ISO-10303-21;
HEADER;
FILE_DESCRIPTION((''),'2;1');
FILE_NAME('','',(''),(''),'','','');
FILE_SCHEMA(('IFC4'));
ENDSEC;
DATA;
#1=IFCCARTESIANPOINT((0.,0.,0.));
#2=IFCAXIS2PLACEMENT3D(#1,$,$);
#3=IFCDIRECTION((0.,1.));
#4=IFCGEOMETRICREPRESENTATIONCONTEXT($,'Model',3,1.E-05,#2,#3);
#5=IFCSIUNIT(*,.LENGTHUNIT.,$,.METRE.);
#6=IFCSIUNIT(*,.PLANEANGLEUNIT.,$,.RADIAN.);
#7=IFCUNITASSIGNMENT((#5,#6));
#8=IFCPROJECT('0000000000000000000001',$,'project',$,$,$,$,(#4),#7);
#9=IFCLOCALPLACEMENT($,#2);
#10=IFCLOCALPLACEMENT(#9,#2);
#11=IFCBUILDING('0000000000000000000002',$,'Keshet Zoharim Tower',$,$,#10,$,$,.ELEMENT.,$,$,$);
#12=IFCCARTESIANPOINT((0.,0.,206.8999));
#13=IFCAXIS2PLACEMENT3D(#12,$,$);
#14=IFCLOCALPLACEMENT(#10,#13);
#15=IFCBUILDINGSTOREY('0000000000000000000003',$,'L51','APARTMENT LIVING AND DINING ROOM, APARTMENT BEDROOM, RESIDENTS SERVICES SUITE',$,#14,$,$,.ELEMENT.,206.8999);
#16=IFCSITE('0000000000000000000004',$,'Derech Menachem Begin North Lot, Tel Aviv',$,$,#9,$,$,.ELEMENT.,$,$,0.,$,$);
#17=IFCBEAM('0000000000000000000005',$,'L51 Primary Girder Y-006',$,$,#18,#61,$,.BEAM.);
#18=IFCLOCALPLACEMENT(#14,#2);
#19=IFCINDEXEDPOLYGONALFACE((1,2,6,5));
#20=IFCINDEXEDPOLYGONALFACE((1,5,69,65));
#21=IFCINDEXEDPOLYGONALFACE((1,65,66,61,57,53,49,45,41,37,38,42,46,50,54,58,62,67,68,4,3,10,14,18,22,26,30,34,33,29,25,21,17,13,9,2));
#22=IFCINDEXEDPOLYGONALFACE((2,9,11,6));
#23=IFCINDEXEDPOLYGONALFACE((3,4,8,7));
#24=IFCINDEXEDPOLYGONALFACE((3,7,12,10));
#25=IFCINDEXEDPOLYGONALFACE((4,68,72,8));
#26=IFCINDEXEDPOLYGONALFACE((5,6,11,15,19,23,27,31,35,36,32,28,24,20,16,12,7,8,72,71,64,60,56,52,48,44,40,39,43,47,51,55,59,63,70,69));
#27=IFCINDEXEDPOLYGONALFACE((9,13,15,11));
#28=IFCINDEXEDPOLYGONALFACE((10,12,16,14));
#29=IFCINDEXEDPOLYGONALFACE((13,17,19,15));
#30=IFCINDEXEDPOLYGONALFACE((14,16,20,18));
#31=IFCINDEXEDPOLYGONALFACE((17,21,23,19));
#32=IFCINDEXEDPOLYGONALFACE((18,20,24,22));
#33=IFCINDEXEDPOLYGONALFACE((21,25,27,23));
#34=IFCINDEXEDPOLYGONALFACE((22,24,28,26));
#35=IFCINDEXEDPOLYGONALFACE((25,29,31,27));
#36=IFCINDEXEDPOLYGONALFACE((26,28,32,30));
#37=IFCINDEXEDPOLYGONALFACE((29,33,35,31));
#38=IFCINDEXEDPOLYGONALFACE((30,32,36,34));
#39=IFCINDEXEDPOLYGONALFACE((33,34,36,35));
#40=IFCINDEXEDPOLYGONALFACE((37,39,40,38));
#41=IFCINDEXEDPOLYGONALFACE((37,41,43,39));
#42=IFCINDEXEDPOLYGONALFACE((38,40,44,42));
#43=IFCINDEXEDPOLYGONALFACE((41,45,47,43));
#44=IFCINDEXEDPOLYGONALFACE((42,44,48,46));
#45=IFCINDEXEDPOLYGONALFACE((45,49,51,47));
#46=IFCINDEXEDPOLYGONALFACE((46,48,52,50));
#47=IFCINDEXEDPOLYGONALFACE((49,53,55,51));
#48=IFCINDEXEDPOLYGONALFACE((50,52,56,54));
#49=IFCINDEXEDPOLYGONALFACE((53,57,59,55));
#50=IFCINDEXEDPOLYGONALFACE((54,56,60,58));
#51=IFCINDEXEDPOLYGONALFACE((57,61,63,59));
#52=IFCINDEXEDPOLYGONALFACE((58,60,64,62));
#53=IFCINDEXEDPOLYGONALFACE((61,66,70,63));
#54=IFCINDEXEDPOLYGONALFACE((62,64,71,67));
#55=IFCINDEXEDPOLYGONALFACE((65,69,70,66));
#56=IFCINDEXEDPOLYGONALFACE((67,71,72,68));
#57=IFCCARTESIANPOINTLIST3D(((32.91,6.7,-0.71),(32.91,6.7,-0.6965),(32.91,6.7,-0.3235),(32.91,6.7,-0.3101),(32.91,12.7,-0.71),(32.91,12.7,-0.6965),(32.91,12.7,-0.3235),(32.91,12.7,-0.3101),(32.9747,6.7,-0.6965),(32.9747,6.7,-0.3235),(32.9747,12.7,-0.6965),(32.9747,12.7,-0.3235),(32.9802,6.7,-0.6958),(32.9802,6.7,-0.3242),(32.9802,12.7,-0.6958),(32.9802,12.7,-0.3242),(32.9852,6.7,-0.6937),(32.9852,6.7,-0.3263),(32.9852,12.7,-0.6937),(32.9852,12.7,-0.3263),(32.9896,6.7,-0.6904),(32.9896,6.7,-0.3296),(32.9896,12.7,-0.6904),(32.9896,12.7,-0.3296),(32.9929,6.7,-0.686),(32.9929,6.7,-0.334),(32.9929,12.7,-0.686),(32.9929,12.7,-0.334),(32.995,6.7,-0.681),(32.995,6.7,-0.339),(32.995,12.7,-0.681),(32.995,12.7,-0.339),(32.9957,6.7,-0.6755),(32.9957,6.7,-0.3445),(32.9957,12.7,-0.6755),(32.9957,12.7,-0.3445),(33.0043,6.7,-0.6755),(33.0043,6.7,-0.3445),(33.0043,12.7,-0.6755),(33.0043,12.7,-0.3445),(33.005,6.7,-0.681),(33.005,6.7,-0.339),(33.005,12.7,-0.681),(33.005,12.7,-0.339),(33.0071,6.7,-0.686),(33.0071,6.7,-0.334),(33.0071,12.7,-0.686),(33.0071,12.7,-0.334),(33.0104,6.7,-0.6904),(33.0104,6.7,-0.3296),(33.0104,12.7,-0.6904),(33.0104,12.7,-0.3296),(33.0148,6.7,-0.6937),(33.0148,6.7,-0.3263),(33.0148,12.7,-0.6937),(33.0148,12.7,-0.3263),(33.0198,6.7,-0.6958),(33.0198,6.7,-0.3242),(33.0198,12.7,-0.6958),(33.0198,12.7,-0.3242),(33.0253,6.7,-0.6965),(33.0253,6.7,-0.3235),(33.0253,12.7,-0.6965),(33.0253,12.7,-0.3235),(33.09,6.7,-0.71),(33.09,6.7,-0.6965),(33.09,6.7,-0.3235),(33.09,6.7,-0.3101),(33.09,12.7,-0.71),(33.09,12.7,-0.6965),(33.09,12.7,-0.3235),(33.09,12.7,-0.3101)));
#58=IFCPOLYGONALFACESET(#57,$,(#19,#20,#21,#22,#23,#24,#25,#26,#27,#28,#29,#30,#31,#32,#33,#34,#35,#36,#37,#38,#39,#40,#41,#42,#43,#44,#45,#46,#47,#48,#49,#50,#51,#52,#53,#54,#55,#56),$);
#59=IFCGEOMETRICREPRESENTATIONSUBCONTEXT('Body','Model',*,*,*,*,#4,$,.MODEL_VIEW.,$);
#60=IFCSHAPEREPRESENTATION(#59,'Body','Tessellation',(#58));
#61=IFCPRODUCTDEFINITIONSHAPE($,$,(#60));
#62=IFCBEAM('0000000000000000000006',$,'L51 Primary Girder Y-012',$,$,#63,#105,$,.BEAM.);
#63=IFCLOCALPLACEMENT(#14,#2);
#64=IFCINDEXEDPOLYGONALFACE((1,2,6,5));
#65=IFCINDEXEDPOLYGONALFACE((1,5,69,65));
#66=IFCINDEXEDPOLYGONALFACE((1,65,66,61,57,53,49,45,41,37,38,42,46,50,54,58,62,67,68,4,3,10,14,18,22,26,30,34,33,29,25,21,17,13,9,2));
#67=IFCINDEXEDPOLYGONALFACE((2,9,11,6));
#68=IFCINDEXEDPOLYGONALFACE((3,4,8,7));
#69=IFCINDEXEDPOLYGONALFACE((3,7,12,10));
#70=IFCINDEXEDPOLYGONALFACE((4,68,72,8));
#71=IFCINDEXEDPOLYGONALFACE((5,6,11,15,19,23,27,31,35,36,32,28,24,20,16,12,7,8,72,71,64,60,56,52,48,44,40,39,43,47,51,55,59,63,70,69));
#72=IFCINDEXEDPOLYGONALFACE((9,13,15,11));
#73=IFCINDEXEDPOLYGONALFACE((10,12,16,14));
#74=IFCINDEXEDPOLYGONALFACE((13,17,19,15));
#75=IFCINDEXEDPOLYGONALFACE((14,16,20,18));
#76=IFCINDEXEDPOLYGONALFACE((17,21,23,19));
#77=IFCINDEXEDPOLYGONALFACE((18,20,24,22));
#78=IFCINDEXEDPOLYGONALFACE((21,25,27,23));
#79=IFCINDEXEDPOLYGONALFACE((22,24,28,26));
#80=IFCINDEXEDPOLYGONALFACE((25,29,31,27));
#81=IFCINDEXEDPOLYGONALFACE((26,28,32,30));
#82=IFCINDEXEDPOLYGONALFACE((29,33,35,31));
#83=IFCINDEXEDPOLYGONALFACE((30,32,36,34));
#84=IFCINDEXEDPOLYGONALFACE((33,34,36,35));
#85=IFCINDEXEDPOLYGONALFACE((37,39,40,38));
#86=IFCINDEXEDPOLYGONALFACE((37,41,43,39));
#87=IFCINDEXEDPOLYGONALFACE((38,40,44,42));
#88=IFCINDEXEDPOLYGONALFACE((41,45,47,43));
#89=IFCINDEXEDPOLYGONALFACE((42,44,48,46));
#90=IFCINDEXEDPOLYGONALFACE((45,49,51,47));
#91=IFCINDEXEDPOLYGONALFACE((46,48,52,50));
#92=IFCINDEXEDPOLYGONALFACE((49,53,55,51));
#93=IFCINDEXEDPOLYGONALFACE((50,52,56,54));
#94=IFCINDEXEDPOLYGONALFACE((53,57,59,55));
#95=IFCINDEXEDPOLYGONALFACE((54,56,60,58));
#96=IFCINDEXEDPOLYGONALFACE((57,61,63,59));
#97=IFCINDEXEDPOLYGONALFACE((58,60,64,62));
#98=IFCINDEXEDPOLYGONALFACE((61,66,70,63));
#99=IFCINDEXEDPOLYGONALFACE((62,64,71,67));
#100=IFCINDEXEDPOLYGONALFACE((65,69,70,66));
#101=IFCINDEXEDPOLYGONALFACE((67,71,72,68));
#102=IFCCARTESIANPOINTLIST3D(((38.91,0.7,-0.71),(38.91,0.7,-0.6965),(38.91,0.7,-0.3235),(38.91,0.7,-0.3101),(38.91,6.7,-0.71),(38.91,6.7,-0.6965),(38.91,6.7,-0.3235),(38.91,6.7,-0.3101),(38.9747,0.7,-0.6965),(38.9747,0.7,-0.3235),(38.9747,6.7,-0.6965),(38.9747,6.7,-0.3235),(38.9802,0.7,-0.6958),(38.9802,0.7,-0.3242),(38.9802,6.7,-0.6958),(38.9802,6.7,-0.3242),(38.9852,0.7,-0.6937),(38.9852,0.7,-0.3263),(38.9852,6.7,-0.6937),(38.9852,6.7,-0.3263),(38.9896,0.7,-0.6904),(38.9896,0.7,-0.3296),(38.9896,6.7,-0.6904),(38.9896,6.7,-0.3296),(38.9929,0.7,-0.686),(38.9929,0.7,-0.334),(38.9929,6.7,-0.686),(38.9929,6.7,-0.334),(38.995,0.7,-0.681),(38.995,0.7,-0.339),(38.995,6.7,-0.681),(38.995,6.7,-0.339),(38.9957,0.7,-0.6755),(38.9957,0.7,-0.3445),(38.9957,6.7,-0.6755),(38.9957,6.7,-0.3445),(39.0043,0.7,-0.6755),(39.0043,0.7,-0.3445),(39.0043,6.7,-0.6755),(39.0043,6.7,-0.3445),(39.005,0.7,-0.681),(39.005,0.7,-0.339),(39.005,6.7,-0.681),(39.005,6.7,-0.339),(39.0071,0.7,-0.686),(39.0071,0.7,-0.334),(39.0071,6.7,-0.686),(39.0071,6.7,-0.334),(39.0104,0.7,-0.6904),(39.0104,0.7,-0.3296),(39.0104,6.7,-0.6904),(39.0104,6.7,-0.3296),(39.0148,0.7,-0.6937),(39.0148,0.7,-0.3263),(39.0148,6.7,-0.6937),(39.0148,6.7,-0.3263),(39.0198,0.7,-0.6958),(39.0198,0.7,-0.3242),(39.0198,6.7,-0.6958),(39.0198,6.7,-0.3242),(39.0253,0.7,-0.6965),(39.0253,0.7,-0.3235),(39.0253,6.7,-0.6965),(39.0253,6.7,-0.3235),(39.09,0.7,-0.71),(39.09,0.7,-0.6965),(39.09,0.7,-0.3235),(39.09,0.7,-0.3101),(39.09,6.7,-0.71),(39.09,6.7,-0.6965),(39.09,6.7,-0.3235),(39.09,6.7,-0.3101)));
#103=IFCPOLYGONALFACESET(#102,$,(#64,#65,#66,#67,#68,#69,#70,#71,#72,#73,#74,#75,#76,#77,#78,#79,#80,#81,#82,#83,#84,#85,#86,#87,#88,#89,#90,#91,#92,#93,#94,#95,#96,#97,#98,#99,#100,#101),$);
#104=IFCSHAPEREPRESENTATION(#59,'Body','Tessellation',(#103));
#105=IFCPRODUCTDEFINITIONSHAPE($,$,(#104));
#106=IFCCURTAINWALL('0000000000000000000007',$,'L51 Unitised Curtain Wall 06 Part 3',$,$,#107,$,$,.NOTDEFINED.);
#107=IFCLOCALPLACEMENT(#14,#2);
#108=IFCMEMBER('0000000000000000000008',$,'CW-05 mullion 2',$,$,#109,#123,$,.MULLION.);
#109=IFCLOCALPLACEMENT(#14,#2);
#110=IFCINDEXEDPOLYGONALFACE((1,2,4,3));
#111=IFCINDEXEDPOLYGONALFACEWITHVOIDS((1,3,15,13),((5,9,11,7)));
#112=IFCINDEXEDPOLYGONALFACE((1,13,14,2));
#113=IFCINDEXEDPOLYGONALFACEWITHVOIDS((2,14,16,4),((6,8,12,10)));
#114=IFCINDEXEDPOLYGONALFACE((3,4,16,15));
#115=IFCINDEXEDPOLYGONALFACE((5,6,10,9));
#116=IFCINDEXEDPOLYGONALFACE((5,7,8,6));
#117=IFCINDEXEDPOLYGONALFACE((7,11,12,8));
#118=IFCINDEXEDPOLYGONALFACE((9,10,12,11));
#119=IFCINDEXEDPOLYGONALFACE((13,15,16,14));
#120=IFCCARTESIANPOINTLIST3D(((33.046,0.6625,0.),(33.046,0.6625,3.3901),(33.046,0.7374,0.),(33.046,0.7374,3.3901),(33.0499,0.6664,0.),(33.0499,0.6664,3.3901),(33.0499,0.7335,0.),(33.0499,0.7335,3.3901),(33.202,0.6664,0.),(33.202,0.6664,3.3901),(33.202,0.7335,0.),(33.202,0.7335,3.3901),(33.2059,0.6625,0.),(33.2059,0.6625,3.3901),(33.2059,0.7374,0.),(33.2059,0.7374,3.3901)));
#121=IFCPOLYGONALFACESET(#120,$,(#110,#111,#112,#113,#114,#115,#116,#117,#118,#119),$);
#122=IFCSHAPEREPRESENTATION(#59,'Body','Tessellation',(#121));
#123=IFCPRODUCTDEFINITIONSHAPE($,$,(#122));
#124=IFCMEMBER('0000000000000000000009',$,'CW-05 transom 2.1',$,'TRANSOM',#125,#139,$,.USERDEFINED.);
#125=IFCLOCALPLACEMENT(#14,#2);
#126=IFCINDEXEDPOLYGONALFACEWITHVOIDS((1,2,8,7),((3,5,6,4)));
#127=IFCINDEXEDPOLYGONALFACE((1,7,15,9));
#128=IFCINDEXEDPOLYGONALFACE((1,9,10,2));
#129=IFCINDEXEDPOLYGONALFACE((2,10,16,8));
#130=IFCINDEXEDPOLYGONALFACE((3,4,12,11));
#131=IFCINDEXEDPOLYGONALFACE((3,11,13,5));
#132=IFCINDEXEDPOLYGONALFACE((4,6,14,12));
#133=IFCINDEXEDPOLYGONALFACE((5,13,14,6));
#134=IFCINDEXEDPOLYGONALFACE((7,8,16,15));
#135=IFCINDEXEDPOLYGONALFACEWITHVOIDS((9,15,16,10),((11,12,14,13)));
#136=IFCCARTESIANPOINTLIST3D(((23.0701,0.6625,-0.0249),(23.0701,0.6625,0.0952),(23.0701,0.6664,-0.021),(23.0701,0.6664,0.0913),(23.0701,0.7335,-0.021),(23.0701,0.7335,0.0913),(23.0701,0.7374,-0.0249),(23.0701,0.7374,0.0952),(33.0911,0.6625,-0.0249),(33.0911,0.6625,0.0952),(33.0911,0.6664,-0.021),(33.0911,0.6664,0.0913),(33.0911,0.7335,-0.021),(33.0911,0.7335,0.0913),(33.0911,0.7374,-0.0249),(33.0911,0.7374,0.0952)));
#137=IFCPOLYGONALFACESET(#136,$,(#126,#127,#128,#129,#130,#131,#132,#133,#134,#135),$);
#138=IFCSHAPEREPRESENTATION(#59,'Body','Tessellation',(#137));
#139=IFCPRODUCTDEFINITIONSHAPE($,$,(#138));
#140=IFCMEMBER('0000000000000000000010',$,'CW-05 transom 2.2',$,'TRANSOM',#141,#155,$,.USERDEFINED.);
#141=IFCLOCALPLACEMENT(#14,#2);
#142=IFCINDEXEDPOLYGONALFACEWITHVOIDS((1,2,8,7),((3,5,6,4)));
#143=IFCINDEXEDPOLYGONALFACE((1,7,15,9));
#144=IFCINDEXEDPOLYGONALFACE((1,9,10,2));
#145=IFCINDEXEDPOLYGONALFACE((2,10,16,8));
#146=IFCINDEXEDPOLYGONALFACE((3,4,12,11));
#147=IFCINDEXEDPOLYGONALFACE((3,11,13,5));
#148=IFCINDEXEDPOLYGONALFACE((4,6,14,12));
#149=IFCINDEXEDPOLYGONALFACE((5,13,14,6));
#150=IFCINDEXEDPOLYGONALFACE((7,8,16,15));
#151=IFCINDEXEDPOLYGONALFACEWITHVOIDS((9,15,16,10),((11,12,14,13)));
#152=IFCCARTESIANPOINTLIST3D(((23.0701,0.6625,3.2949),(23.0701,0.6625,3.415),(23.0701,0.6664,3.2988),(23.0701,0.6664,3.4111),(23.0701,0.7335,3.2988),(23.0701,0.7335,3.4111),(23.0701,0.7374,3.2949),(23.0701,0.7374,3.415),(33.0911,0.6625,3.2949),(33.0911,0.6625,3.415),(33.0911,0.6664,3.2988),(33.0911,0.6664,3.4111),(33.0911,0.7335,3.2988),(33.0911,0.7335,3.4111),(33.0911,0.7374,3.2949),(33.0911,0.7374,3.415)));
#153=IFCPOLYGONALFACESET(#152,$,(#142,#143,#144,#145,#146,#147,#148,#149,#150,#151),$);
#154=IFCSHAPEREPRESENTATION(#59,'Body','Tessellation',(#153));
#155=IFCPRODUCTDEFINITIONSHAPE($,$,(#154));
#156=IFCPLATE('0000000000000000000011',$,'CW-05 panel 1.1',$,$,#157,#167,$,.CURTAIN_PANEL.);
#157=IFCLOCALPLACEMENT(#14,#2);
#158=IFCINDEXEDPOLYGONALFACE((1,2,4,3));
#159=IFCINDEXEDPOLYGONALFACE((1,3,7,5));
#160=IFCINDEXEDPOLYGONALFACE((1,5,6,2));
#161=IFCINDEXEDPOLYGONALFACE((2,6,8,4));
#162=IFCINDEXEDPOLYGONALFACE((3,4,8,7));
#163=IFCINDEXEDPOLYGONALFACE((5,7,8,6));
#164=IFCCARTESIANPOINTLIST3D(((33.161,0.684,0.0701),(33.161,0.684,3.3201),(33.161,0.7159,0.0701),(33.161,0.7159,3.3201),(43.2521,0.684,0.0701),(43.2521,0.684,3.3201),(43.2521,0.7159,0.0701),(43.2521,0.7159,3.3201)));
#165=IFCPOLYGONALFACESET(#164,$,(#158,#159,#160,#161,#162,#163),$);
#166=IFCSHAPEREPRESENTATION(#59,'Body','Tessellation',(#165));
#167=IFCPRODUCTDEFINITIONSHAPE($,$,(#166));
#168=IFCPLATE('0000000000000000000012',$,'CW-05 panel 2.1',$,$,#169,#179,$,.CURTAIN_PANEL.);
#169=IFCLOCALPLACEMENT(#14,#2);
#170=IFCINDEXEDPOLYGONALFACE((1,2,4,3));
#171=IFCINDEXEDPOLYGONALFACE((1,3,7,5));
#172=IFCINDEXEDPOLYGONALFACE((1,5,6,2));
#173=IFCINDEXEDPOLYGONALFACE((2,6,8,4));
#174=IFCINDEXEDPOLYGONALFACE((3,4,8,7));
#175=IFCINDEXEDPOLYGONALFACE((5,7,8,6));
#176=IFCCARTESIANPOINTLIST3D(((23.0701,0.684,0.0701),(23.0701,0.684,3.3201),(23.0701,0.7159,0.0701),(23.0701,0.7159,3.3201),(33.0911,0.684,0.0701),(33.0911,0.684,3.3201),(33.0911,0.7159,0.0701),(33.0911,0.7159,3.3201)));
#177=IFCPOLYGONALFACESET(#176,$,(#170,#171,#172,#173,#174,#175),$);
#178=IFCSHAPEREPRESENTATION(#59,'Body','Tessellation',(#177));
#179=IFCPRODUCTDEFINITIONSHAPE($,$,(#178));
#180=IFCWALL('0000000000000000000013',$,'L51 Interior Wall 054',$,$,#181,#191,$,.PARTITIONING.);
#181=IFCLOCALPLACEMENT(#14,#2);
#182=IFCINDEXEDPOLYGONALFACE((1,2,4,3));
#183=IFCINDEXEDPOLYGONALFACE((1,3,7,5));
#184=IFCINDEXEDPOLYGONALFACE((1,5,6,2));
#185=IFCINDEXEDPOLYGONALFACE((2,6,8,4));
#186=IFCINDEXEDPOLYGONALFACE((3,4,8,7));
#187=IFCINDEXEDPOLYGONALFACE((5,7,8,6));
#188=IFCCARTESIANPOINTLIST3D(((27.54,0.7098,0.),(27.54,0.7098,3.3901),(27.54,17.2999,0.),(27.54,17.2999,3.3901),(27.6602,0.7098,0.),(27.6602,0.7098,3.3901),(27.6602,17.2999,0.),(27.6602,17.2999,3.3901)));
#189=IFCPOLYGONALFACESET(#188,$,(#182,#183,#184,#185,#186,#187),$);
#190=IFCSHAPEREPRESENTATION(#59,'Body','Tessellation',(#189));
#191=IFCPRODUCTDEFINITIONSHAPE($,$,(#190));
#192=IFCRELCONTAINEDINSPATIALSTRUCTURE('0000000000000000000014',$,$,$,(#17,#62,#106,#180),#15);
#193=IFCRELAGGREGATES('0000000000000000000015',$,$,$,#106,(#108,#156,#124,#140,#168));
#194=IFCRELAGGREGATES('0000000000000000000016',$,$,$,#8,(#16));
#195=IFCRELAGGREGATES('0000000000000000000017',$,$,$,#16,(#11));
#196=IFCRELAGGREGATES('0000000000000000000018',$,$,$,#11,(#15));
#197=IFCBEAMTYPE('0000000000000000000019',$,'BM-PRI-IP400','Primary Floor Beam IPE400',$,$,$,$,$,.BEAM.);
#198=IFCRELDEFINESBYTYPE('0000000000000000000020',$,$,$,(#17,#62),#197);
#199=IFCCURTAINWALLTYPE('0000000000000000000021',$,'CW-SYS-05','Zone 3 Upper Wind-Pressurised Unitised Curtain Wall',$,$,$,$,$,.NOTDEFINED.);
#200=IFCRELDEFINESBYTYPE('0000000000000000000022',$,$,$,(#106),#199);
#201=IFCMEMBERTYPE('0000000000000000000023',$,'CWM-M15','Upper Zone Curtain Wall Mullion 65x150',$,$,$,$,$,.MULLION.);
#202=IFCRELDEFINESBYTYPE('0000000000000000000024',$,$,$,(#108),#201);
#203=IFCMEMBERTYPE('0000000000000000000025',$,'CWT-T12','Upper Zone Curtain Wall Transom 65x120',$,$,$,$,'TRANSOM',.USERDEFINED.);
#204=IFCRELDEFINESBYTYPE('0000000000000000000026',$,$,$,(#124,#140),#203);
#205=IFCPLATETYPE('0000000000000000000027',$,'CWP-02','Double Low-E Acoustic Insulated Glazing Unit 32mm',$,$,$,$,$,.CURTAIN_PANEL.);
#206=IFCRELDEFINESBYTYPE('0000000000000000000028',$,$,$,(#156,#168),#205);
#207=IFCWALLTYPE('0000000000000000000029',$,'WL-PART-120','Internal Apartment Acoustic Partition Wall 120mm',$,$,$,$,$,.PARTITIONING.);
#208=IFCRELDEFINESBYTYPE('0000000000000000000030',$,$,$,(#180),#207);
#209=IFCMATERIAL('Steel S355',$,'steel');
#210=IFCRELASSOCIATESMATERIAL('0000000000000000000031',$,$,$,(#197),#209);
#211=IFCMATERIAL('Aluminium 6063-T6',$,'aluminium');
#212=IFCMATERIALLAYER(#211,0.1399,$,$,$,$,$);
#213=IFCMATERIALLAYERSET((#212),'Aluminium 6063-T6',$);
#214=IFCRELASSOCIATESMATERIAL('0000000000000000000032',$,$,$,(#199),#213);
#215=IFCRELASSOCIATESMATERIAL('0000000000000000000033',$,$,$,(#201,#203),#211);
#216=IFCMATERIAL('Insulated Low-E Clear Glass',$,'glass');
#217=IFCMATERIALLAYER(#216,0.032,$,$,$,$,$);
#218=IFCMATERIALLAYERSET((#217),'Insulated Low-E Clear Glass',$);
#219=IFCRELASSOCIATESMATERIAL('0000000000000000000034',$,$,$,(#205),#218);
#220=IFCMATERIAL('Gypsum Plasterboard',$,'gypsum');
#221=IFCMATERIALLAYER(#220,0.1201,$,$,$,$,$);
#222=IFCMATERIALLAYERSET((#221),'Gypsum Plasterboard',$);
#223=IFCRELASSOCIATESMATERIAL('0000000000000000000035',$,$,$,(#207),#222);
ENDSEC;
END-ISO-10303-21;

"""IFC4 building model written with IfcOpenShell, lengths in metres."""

from ifc_helpers import new_model, si_unit, direction, frame, frame_2d, origin, origin_2d, place, context, subcontext, project, spatial, rectangle, hollow_rectangle, i_section, extrude, material, layer, layer_set, material_profile, profile_set, type_object, element, aggregate, save


model = new_model("IFC4")

# Units and contexts
model_context = context("Model", 3, precision=1e-05, world=origin(), true_north=direction((0.0, 1.0)))
body_context = subcontext(model_context, "Body", "Model", "MODEL_VIEW")
ifc_project = project(units=[si_unit("LENGTHUNIT", "METRE"), si_unit("PLANEANGLEUNIT", "RADIAN")], contexts=[model_context])

# Site, building, storey
site_placement = place(None, origin())
site = spatial("IfcSite", under=ifc_project, at=site_placement, Name="Derech Menachem Begin North Lot, Tel Aviv", CompositionType="ELEMENT", RefElevation=0.0)
building_placement = place(site_placement, origin())
building = spatial("IfcBuilding", under=site, at=building_placement, Name="Keshet Zoharim Tower", CompositionType="ELEMENT")
storey_placement = place(building_placement, frame((0.0, 0.0, 206.8999)))
storey = spatial("IfcBuildingStorey", under=building, at=storey_placement, Name="L51", Description="APARTMENT LIVING AND DINING ROOM, APARTMENT BEDROOM, RESIDENTS SERVICES SUITE", CompositionType="ELEMENT", Elevation=206.8999)

# Shared definitions
ifc_material_1 = material(Name="Steel S355", Category="steel")

# Beams
ifc_material_profile_1 = material_profile(ifc_material_1, i_section(OverallWidth=0.1799, OverallDepth=0.3999, WebThickness=0.0085, FlangeThickness=0.0134, FilletRadius=0.021, at=origin_2d()), Name="IPE400")
ifc_profile_set_1 = profile_set([ifc_material_profile_1], Name="Steel S355")
beam_type_1 = type_object("IfcBeamType", Name="BM-PRI-IP400", Description="Primary Floor Beam IPE400", PredefinedType="BEAM", material=ifc_profile_set_1)
for number, where, z_axis, x_axis, name in (
    (1, (33.0, 6.7, -0.51), (0.0, 1.0, 0.0), (-1.0, 0.0, 0.0), "L51 Primary Girder Y-006"),
    (2, (39.0, 0.7, -0.51), (0.0, 1.0, 0.0), (-1.0, 0.0, 0.0), "L51 Primary Girder Y-012"),
):
    element("IfcBeam", number, at=place(storey_placement, frame(where, z_axis=z_axis, x_axis=x_axis)), inside=storey, type_object=beam_type_1, Name=name, PredefinedType="BEAM", context=body_context, shape_type="SweptSolid", body=[
        extrude(i_section(OverallWidth=0.1799, OverallDepth=0.3999, WebThickness=0.0085, FlangeThickness=0.0134, FilletRadius=0.021, at=origin_2d()), origin(), (0.0, 0.0, 1.0), 6.0),
    ])

# Curtain wall, members, plates
ifc_material_2 = material(Name="Aluminium 6063-T6", Category="aluminium")
ifc_layer_1 = layer(ifc_material_2, 0.1399)
ifc_layer_set_1 = layer_set([ifc_layer_1], Name="Aluminium 6063-T6")
curtain_wall_type = type_object("IfcCurtainWallType", Name="CW-SYS-05", Description="Zone 3 Upper Wind-Pressurised Unitised Curtain Wall", PredefinedType="NOTDEFINED", material=ifc_layer_set_1)
curtain_wall_placement = place(storey_placement, origin())
curtain_wall = element("IfcCurtainWall", 3, at=curtain_wall_placement, inside=storey, type_object=curtain_wall_type, Name="L51 Unitised Curtain Wall 06 Part 3", PredefinedType="NOTDEFINED")
ifc_material_profile_2 = material_profile(ifc_material_2, hollow_rectangle(XDim=0.075, YDim=0.1599, WallThickness=0.0039, at=origin_2d()), Name="MUL-75x160")
ifc_profile_set_2 = profile_set([ifc_material_profile_2], Name="Aluminium 6063-T6")
member_type_1 = type_object("IfcMemberType", Name="CWM-M15", Description="Upper Zone Curtain Wall Mullion 65x150", PredefinedType="MULLION", material=ifc_profile_set_2)
member_1_placement = place(storey_placement, frame((33.126, 0.7, 0.0), z_axis=(0.0, 0.0, 1.0), x_axis=(0.0, -1.0, 0.0)))
member_1 = element("IfcMember", 4, at=member_1_placement, type_object=member_type_1, Name="CW-05 mullion 2", PredefinedType="MULLION", context=body_context, shape_type="SweptSolid", body=[
    extrude(hollow_rectangle(XDim=0.075, YDim=0.1599, WallThickness=0.0039, at=origin_2d()), origin(), (0.0, 0.0, 1.0), 3.3901),
])
ifc_material_profile_3 = material_profile(ifc_material_2, hollow_rectangle(XDim=0.075, YDim=0.1201, WallThickness=0.0039, at=origin_2d()), Name="TRN-75x120")
ifc_profile_set_3 = profile_set([ifc_material_profile_3], Name="Aluminium 6063-T6")
member_type_2 = type_object("IfcMemberType", Name="CWT-T12", Description="Upper Zone Curtain Wall Transom 65x120", ElementType="TRANSOM", PredefinedType="USERDEFINED", material=ifc_profile_set_3)
member_2_placement = place(storey_placement, frame((33.0911, 0.7, 0.0352), z_axis=(-1.0, 0.0, 0.0), x_axis=(0.0, -1.0, 0.0)))
member_2 = element("IfcMember", 5, at=member_2_placement, type_object=member_type_2, Name="CW-05 transom 2.1", ObjectType="TRANSOM", PredefinedType="USERDEFINED", context=body_context, shape_type="SweptSolid", body=[
    extrude(hollow_rectangle(XDim=0.075, YDim=0.1201, WallThickness=0.0039, at=origin_2d()), origin(), (0.0, 0.0, 1.0), 10.021),
])
member_3_placement = place(storey_placement, frame((33.0911, 0.7, 3.355), z_axis=(-1.0, 0.0, 0.0), x_axis=(0.0, -1.0, 0.0)))
member_3 = element("IfcMember", 6, at=member_3_placement, type_object=member_type_2, Name="CW-05 transom 2.2", ObjectType="TRANSOM", PredefinedType="USERDEFINED", context=body_context, shape_type="SweptSolid", body=[
    extrude(hollow_rectangle(XDim=0.075, YDim=0.1201, WallThickness=0.0039, at=origin_2d()), origin(), (0.0, 0.0, 1.0), 10.021),
])
ifc_material_3 = material(Name="Insulated Low-E Clear Glass", Category="glass")
ifc_layer_2 = layer(ifc_material_3, 0.032)
ifc_layer_set_2 = layer_set([ifc_layer_2], Name="Insulated Low-E Clear Glass")
plate_type = type_object("IfcPlateType", Name="CWP-02", Description="Double Low-E Acoustic Insulated Glazing Unit 32mm", PredefinedType="CURTAIN_PANEL", material=ifc_layer_set_2)
plate_1_placement = place(storey_placement, frame((38.2065, 0.7, 0.0701), z_axis=(0.0, 0.0, 1.0), x_axis=(-1.0, 0.0, 0.0)))
plate_1 = element("IfcPlate", 7, at=plate_1_placement, type_object=plate_type, Name="CW-05 panel 1.1", PredefinedType="CURTAIN_PANEL", context=body_context, shape_type="SweptSolid", body=[
    extrude(rectangle(XDim=10.0911, YDim=0.032, at=origin_2d()), origin(), (0.0, 0.0, 1.0), 3.25),
])
plate_2_placement = place(storey_placement, frame((28.0806, 0.7, 0.0701), z_axis=(0.0, 0.0, 1.0), x_axis=(-1.0, 0.0, 0.0)))
plate_2 = element("IfcPlate", 8, at=plate_2_placement, type_object=plate_type, Name="CW-05 panel 2.1", PredefinedType="CURTAIN_PANEL", context=body_context, shape_type="SweptSolid", body=[
    extrude(rectangle(XDim=10.021, YDim=0.032, at=origin_2d()), origin(), (0.0, 0.0, 1.0), 3.25),
])
aggregate(curtain_wall, [member_1, plate_1, member_2, member_3, plate_2])

# Wall
ifc_material_4 = material(Name="Gypsum Plasterboard", Category="gypsum")
ifc_layer_3 = layer(ifc_material_4, 0.1201)
ifc_layer_set_3 = layer_set([ifc_layer_3], Name="Gypsum Plasterboard")
wall_type = type_object("IfcWallType", Name="WL-PART-120", Description="Internal Apartment Acoustic Partition Wall 120mm", PredefinedType="PARTITIONING", material=ifc_layer_set_3)
wall_1_placement = place(storey_placement, frame((27.6001, 0.71, 0.0), z_axis=(0.0, 0.0, 1.0), x_axis=(0.0, 1.0, 0.0)))
element("IfcWall", 9, at=wall_1_placement, inside=storey, type_object=wall_type, Name="L51 Interior Wall 054", PredefinedType="PARTITIONING", context=body_context, shape_type="SweptSolid", body=[
    extrude(rectangle(XDim=16.5901, YDim=0.1201, at=frame_2d((8.2949, 0.0))), origin(), (0.0, 0.0, 1.0), 3.3901),
])

save(model, "model.ifc")
